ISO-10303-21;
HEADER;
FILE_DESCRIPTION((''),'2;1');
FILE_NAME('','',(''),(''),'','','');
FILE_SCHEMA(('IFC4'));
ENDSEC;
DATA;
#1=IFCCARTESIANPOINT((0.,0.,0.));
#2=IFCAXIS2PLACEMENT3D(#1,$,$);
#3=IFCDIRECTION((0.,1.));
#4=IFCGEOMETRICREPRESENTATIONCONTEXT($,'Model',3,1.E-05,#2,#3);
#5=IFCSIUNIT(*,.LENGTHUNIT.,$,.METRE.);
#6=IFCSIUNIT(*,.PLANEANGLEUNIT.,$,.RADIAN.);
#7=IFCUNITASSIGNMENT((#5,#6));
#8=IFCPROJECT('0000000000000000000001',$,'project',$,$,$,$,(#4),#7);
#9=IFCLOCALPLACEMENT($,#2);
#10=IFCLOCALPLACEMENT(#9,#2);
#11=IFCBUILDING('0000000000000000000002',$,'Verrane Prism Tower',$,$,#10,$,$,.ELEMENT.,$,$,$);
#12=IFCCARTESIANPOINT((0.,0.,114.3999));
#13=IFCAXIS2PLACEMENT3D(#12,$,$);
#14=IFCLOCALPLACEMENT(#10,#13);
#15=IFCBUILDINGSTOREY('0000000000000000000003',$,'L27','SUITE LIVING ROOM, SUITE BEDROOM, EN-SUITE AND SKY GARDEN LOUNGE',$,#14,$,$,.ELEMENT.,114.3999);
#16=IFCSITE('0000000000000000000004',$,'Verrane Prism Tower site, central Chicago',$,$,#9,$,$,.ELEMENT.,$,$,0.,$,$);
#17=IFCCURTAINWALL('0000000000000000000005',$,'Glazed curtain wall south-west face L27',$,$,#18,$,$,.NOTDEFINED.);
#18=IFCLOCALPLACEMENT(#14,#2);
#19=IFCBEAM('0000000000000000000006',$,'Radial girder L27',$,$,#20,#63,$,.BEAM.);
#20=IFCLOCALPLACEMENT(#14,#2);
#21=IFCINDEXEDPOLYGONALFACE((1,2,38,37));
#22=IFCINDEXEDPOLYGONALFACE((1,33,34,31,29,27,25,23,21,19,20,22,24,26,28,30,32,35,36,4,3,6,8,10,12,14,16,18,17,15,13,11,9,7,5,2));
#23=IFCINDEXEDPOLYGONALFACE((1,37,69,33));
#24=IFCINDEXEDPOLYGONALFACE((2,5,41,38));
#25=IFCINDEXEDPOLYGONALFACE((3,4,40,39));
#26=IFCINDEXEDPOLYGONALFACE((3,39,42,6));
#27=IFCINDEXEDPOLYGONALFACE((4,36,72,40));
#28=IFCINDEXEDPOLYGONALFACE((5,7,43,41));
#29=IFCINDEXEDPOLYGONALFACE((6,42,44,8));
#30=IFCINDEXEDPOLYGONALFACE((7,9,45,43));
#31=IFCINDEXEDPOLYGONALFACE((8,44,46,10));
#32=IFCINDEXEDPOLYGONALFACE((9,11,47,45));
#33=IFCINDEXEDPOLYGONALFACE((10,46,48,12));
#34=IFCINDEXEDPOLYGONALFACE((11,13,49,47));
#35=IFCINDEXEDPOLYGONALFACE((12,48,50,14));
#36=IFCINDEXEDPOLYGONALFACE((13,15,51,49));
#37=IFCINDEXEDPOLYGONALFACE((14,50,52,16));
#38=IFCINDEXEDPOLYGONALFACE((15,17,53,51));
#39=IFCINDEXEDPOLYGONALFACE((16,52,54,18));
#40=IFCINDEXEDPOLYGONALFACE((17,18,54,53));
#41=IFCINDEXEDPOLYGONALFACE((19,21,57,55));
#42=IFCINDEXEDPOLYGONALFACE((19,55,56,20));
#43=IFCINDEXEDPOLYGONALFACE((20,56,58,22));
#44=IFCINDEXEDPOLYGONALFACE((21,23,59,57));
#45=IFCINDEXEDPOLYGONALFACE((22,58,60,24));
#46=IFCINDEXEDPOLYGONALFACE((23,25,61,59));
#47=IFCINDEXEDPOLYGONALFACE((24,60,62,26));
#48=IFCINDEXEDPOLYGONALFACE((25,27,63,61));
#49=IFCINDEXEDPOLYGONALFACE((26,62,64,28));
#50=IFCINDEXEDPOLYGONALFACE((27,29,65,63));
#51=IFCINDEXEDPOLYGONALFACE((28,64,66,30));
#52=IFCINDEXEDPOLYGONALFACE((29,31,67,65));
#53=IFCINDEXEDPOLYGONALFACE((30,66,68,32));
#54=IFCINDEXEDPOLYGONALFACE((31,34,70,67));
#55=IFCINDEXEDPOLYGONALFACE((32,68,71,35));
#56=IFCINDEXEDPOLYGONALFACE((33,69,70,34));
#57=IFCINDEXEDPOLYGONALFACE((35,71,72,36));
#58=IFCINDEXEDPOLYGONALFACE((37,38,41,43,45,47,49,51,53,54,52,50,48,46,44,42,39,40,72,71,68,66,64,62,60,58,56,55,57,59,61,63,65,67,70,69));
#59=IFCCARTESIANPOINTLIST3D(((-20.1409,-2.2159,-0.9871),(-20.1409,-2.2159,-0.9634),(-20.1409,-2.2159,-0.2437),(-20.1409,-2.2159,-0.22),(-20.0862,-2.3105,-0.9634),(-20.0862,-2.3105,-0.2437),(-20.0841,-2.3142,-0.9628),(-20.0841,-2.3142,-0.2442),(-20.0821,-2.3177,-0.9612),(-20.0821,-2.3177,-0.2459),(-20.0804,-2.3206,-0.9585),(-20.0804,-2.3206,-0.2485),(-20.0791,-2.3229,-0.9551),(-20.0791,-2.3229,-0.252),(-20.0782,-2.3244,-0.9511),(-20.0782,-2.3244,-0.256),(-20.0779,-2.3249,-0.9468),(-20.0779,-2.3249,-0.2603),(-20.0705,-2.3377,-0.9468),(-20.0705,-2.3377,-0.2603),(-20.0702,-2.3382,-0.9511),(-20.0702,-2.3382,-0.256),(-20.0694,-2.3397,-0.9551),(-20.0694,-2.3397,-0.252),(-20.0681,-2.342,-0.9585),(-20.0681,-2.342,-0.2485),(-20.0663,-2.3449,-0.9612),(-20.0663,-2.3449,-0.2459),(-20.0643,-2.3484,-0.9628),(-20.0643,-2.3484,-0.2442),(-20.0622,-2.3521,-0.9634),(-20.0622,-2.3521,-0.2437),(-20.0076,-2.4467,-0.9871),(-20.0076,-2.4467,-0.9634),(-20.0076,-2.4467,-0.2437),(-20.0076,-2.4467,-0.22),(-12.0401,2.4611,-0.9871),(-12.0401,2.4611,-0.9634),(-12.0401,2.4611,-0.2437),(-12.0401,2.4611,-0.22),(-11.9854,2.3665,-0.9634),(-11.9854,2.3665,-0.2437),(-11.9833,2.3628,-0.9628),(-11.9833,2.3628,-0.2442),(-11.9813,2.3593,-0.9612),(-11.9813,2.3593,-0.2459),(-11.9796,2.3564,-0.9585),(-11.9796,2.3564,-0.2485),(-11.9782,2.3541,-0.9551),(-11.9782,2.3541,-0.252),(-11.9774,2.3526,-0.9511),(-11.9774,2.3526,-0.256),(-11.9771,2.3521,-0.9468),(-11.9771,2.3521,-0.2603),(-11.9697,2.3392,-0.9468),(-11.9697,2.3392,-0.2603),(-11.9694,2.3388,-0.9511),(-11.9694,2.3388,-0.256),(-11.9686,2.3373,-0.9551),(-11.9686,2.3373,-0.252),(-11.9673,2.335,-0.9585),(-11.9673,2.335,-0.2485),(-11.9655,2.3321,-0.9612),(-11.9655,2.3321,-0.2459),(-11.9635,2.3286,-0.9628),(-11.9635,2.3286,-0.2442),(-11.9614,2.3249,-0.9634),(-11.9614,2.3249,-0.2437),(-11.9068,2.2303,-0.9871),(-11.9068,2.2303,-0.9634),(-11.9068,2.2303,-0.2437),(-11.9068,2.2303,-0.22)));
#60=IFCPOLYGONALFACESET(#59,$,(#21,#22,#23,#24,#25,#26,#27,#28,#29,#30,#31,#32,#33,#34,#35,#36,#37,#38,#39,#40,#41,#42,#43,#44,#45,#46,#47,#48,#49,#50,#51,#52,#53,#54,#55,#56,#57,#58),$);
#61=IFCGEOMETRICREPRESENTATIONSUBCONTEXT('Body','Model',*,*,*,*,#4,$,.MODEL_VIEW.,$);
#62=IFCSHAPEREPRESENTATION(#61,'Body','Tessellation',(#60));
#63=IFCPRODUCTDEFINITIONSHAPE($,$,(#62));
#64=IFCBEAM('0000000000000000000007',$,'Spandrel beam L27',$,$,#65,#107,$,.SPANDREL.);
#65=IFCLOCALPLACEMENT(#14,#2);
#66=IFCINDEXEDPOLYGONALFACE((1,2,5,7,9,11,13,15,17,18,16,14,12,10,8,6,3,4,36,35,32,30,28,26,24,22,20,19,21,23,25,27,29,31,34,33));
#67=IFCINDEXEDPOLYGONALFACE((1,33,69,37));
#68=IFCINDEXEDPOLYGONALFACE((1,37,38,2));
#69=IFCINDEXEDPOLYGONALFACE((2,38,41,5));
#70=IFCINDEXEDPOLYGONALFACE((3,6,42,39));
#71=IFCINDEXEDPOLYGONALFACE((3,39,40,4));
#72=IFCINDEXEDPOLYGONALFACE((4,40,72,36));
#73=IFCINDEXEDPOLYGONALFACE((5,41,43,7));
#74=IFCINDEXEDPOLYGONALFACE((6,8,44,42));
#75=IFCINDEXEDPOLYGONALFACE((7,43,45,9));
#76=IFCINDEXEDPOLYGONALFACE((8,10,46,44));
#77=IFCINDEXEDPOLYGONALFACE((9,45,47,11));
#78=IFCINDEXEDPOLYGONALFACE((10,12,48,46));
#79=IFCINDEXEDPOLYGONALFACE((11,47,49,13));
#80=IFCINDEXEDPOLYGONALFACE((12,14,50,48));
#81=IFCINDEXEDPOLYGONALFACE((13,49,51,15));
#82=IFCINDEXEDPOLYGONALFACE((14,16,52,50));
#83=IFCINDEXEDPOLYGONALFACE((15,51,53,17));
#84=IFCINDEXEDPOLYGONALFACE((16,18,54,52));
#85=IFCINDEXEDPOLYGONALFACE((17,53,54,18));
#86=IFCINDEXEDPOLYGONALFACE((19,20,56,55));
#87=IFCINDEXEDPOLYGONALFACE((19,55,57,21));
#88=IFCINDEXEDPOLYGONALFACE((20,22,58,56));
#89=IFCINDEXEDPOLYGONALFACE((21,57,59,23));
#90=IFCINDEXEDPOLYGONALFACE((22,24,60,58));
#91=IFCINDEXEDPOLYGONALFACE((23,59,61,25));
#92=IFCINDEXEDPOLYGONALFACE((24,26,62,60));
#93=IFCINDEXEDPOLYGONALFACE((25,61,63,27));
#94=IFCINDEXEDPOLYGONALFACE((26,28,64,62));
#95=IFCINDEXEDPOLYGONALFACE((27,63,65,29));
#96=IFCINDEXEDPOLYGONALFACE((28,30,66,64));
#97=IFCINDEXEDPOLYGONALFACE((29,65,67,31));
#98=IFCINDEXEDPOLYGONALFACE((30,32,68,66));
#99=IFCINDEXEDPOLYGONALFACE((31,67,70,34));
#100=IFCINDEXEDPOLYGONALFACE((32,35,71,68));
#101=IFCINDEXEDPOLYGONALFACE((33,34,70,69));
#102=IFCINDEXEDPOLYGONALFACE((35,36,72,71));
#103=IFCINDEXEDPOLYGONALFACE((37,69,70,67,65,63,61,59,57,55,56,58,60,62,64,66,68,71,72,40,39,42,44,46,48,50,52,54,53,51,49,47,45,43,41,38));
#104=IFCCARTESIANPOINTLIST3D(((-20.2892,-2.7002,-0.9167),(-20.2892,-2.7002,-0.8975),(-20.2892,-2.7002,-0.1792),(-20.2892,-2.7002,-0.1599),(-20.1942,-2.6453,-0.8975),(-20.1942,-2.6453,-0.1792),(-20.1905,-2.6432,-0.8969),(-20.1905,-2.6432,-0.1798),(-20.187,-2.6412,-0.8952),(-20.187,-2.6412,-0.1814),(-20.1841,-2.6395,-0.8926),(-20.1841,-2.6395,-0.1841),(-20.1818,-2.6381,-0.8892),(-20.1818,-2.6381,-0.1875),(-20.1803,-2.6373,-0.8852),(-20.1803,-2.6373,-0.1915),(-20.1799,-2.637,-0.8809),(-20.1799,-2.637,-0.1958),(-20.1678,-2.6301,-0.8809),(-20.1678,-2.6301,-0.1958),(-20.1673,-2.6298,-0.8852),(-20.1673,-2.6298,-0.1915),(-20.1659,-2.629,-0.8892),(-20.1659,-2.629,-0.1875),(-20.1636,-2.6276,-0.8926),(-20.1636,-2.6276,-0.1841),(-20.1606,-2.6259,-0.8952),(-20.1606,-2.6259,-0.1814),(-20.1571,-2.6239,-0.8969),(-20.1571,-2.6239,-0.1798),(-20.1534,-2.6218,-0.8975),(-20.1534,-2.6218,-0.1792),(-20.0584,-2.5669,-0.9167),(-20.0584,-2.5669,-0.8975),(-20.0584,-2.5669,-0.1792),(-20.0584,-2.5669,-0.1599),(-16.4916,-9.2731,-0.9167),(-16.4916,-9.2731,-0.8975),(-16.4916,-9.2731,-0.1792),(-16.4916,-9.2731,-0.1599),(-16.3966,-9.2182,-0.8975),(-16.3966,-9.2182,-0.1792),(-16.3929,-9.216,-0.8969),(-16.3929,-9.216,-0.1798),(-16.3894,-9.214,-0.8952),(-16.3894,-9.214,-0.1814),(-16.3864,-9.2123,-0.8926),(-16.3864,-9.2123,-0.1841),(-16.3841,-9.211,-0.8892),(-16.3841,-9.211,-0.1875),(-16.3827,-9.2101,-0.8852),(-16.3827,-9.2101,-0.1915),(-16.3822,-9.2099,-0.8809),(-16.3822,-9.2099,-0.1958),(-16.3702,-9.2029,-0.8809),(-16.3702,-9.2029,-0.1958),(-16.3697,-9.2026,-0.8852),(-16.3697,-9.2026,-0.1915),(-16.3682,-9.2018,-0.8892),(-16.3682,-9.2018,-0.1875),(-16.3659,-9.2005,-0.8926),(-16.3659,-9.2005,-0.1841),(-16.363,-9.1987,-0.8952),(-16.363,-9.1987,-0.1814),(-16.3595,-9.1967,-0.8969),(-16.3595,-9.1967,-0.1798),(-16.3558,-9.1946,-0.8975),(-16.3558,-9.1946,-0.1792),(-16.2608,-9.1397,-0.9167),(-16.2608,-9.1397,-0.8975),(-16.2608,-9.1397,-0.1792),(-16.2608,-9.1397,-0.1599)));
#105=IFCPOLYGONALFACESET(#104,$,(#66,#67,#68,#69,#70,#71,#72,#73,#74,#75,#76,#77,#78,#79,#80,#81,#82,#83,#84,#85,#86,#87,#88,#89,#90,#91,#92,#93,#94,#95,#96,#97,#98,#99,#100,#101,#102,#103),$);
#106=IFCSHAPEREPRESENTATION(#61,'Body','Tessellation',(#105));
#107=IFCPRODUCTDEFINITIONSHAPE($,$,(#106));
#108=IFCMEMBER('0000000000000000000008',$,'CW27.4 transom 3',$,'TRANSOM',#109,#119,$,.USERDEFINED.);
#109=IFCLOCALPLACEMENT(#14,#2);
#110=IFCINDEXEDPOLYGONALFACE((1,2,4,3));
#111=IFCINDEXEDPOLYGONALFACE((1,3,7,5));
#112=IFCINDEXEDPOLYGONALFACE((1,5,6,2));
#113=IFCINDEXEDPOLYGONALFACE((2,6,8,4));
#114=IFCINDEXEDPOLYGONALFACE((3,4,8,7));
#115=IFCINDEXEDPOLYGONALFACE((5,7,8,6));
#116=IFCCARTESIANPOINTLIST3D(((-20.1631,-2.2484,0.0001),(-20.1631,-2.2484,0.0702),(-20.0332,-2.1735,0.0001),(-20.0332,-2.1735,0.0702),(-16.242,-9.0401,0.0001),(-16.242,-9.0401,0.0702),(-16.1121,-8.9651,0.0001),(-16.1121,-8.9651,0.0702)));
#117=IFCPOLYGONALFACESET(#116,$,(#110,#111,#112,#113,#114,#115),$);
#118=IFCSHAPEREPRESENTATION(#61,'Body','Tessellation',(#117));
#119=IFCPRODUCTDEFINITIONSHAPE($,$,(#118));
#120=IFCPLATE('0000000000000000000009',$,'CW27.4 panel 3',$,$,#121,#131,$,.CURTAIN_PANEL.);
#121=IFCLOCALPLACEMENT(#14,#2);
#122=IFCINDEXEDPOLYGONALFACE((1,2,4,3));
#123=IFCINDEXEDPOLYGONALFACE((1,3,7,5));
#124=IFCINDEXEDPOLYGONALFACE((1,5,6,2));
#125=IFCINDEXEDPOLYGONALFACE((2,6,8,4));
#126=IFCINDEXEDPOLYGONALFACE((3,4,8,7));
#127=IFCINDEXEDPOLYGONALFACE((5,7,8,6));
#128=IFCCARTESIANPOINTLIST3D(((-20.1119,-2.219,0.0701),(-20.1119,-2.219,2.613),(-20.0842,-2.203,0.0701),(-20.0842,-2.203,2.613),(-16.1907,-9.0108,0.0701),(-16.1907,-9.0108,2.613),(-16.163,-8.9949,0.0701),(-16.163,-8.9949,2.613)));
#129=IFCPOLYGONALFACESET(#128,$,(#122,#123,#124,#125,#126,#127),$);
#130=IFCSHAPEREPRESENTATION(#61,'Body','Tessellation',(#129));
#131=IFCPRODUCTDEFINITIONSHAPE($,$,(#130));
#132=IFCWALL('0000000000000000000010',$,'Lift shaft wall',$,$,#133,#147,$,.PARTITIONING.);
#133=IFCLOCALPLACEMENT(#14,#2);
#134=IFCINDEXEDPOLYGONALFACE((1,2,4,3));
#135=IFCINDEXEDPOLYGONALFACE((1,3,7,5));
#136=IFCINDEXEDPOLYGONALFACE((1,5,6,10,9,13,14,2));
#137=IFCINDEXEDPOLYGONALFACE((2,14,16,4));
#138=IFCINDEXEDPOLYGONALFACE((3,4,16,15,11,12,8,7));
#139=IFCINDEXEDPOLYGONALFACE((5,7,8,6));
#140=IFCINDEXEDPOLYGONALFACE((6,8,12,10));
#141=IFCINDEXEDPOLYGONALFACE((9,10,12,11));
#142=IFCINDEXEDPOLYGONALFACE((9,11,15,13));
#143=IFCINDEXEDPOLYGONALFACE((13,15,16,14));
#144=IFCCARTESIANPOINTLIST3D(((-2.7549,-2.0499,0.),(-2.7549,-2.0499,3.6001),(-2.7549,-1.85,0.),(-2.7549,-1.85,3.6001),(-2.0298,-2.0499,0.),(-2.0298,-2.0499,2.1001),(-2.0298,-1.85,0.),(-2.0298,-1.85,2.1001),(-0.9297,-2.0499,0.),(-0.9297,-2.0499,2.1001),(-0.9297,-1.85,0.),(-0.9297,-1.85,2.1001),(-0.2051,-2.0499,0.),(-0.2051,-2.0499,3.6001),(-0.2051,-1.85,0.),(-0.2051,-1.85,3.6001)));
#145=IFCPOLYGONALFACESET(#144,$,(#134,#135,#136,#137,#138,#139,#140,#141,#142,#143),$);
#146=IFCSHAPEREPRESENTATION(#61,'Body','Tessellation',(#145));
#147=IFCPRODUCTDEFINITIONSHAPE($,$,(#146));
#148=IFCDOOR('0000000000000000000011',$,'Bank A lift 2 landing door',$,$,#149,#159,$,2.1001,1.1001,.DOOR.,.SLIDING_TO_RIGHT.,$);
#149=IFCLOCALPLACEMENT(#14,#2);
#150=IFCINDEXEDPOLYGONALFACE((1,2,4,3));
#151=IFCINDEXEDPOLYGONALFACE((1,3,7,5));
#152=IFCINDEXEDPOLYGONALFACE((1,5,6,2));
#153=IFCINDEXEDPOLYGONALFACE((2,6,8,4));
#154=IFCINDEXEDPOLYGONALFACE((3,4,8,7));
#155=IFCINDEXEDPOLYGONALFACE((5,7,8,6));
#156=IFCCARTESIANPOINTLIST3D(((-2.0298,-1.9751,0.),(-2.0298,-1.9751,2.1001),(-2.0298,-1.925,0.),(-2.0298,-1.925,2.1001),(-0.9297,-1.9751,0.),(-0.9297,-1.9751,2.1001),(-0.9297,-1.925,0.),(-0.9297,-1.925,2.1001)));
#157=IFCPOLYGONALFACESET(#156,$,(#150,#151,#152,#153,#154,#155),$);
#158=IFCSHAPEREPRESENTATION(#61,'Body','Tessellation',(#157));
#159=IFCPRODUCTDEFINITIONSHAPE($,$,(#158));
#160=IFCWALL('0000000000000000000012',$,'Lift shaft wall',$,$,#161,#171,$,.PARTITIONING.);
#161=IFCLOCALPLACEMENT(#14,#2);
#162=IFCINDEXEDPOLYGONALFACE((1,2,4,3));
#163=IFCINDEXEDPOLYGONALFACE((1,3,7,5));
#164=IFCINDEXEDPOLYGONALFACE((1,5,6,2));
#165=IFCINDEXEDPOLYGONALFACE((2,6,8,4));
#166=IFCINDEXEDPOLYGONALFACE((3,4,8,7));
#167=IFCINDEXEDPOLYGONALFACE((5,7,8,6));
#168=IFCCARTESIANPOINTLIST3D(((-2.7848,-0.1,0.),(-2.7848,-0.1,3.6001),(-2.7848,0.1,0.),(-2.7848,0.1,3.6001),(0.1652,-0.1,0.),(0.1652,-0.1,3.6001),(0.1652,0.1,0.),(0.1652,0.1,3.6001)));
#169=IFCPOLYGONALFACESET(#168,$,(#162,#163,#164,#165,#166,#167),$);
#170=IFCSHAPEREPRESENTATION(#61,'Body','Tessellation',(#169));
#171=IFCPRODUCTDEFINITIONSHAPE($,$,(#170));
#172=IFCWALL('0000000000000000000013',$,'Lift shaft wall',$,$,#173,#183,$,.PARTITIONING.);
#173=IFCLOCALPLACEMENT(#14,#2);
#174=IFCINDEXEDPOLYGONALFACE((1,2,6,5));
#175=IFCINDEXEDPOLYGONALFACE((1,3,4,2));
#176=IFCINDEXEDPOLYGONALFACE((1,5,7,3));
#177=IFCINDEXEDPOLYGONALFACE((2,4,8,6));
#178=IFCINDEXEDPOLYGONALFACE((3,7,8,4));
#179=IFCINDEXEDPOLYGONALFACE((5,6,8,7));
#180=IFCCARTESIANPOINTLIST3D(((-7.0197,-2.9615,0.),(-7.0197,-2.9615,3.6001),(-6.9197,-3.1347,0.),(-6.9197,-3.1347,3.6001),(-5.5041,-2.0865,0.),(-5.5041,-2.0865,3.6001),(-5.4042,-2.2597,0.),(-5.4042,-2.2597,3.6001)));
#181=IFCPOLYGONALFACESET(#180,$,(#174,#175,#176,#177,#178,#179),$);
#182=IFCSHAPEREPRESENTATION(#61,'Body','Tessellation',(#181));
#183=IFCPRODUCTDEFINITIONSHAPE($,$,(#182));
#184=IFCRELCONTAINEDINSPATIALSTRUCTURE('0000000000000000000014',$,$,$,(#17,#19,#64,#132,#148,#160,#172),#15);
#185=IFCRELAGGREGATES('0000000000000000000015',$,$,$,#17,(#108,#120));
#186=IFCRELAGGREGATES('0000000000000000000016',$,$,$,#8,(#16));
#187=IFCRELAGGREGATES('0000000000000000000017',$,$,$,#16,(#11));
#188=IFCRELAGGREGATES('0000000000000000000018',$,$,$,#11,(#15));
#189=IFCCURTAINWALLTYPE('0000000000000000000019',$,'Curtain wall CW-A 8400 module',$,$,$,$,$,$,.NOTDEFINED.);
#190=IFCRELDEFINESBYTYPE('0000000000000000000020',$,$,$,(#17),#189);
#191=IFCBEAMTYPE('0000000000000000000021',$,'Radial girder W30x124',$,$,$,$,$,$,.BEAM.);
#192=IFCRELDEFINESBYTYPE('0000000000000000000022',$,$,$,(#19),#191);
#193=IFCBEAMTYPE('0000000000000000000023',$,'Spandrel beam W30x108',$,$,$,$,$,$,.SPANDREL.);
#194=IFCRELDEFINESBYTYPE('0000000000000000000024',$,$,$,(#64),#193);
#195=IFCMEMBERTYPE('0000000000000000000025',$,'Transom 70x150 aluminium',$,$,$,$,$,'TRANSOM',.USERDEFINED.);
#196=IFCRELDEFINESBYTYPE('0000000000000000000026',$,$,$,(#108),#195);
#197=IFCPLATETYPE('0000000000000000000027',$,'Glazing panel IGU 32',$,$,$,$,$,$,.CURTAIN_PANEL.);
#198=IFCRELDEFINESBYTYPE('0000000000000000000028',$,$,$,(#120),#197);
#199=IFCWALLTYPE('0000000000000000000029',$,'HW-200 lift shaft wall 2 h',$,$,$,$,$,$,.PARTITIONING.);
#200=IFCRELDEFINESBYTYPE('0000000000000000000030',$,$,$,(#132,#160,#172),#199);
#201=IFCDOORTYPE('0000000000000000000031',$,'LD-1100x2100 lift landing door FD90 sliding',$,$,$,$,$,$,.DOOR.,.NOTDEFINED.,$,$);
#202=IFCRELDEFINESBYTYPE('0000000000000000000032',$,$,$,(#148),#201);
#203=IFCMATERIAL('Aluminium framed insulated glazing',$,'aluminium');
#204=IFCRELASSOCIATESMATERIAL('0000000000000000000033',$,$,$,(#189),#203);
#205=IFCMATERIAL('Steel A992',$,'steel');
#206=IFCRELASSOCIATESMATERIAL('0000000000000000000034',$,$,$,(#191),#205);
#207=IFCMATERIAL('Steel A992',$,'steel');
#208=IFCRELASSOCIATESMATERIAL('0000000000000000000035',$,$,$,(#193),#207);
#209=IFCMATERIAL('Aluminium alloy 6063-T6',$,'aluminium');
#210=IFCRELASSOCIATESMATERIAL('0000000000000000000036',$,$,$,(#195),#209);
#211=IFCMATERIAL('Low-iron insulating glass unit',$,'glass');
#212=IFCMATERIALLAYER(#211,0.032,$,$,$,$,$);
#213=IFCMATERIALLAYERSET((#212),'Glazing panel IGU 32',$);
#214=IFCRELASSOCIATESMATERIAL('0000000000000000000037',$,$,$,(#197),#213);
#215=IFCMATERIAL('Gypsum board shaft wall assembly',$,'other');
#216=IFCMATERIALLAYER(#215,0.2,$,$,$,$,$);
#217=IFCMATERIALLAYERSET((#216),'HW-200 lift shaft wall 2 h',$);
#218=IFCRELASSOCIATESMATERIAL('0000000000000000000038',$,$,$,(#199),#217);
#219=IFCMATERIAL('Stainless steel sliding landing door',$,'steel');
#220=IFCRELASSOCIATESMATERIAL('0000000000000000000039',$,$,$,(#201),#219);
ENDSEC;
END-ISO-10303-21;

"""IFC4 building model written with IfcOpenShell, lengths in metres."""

from ifc_helpers import new_model, si_unit, direction, frame, frame_2d, origin, origin_2d, place, context, subcontext, project, spatial, rectangle, i_section, extrude, material, layer, layer_set, material_profile, profile_set, type_object, element, fill, aggregate, save


model = new_model("IFC4")

# Units and contexts
model_context = context("Model", 3, precision=1e-05, world=origin(), true_north=direction((0.0, 1.0)))
body_context = subcontext(model_context, "Body", "Model", "MODEL_VIEW")
ifc_project = project(units=[si_unit("LENGTHUNIT", "METRE"), si_unit("PLANEANGLEUNIT", "RADIAN")], contexts=[model_context])

# Site, building, storey
site_placement = place(None, origin())
site = spatial("IfcSite", under=ifc_project, at=site_placement, Name="Verrane Prism Tower site, central Chicago", CompositionType="ELEMENT", RefElevation=0.0)
building_placement = place(site_placement, origin())
building = spatial("IfcBuilding", under=site, at=building_placement, Name="Verrane Prism Tower", CompositionType="ELEMENT")
storey_placement = place(building_placement, frame((0.0, 0.0, 114.3999)))
storey = spatial("IfcBuildingStorey", under=building, at=storey_placement, Name="L27", Description="SUITE LIVING ROOM, SUITE BEDROOM, EN-SUITE AND SKY GARDEN LOUNGE", CompositionType="ELEMENT", Elevation=114.3999)

# Curtain wall
ifc_material_1 = material(Name="Aluminium framed insulated glazing", Category="aluminium")
curtain_wall_type = type_object("IfcCurtainWallType", Name="Curtain wall CW-A 8400 module", PredefinedType="NOTDEFINED", material=ifc_material_1)
curtain_wall_placement = place(storey_placement, origin())
curtain_wall = element("IfcCurtainWall", 1, at=curtain_wall_placement, inside=storey, type_object=curtain_wall_type, Name="Glazed curtain wall south-west face L27", PredefinedType="NOTDEFINED")

# Beams
ifc_material_2 = material(Name="Steel A992", Category="steel")
ifc_material_profile_1 = material_profile(ifc_material_2, i_section(OverallWidth=0.2666, OverallDepth=0.7671, WebThickness=0.0149, FlangeThickness=0.0237, FilletRadius=0.0166, at=origin_2d()), Name="W30x124")
ifc_profile_set_1 = profile_set([ifc_material_profile_1], Name="Steel A992")
beam_type_1 = type_object("IfcBeamType", Name="Radial girder W30x124", PredefinedType="BEAM", material=ifc_profile_set_1)
beam_1_placement = place(storey_placement, frame((-20.0742, -2.3313, -0.6035), z_axis=(0.866026, 0.499999, 0.0), x_axis=(-0.499999, 0.866026, 0.0)))
element("IfcBeam", 2, at=beam_1_placement, inside=storey, type_object=beam_type_1, Name="Radial girder L27", PredefinedType="BEAM", context=body_context, shape_type="SweptSolid", body=[
    extrude(i_section(OverallWidth=0.2666, OverallDepth=0.7671, WebThickness=0.0149, FlangeThickness=0.0237, FilletRadius=0.0166, at=origin_2d()), origin(), (0.0, 0.0, 1.0), 9.354),
])
ifc_material_3 = material(Name="Steel A992", Category="steel")
ifc_material_profile_2 = material_profile(ifc_material_3, i_section(OverallWidth=0.2666, OverallDepth=0.7568, WebThickness=0.0139, FlangeThickness=0.0193, FilletRadius=0.0166, at=origin_2d()), Name="W30x108")
ifc_profile_set_2 = profile_set([ifc_material_profile_2], Name="Steel A992")
beam_type_2 = type_object("IfcBeamType", Name="Spandrel beam W30x108", PredefinedType="SPANDREL", material=ifc_profile_set_2)
beam_2_placement = place(storey_placement, frame((-20.1738, -2.6335, -0.5383), z_axis=(0.500279, -0.865864, 0.0), x_axis=(0.865864, 0.500279, 0.0)))
element("IfcBeam", 3, at=beam_2_placement, inside=storey, type_object=beam_type_2, Name="Spandrel beam L27", PredefinedType="SPANDREL", context=body_context, shape_type="SweptSolid", body=[
    extrude(i_section(OverallWidth=0.2666, OverallDepth=0.7568, WebThickness=0.0139, FlangeThickness=0.0193, FilletRadius=0.0166, at=origin_2d()), origin(), (0.0, 0.0, 1.0), 7.5911),
])

# Member
ifc_material_4 = material(Name="Aluminium alloy 6063-T6", Category="aluminium")
ifc_material_profile_3 = material_profile(ifc_material_4, rectangle(XDim=0.1499, YDim=0.0701, at=origin_2d()), Name="Transom 70x150 aluminium")
ifc_profile_set_3 = profile_set([ifc_material_profile_3], Name="Aluminium alloy 6063-T6")
member_type_1 = type_object("IfcMemberType", Name="Transom 70x150 aluminium", ElementType="TRANSOM", PredefinedType="USERDEFINED", material=ifc_profile_set_3)
member_1_placement = place(storey_placement, frame((-20.0981, -2.2109, 0.0352), z_axis=(0.499993, -0.86603, 0.0), x_axis=(0.86603, 0.499993, 0.0)))
member_1 = element("IfcMember", 4, at=member_1_placement, type_object=member_type_1, Name="CW27.4 transom 3", ObjectType="TRANSOM", PredefinedType="USERDEFINED", context=body_context, shape_type="SweptSolid", body=[
    extrude(rectangle(XDim=0.1499, YDim=0.0701, at=origin_2d()), origin(), (0.0, 0.0, 1.0), 7.8423),
])

# Plate
ifc_material_5 = material(Name="Low-iron insulating glass unit", Category="glass")
ifc_layer_1 = layer(ifc_material_5, 0.032)
ifc_layer_set_1 = layer_set([ifc_layer_1], Name="Glazing panel IGU 32")
plate_type = type_object("IfcPlateType", Name="Glazing panel IGU 32", PredefinedType="CURTAIN_PANEL", material=ifc_layer_set_1)
plate_placement = place(storey_placement, frame((-18.1375, -5.6069, 0.0701), z_axis=(0.0, 0.0, 1.0), x_axis=(0.499999, -0.866026, 0.0)))
plate = element("IfcPlate", 5, at=plate_placement, type_object=plate_type, Name="CW27.4 panel 3", PredefinedType="CURTAIN_PANEL", context=body_context, shape_type="SweptSolid", body=[
    extrude(rectangle(XDim=7.8425, YDim=0.032, at=origin_2d()), origin(), (0.0, 0.0, 1.0), 2.543),
])
aggregate(curtain_wall, [member_1, plate])

# Wall, opening, door
ifc_material_6 = material(Name="Gypsum board shaft wall assembly", Category="other")
ifc_layer_2 = layer(ifc_material_6, 0.2)
ifc_layer_set_2 = layer_set([ifc_layer_2], Name="HW-200 lift shaft wall 2 h")
wall_type_1 = type_object("IfcWallType", Name="HW-200 lift shaft wall 2 h", PredefinedType="PARTITIONING", material=ifc_layer_set_2)
wall_1_placement = place(storey_placement, frame((-2.7549, -1.95, 0.0), z_axis=(0.0, 0.0, 1.0), x_axis=(1.0, 0.0, 0.0)))
wall_1 = element("IfcWall", 6, at=wall_1_placement, inside=storey, type_object=wall_type_1, Name="Lift shaft wall", PredefinedType="PARTITIONING", context=body_context, shape_type="SweptSolid", body=[
    extrude(rectangle(XDim=2.5498, YDim=0.2, at=frame_2d((1.2749, 0.0))), origin(), (0.0, 0.0, 1.0), 3.6001),
])
opening_1_placement = place(wall_1_placement, frame((0.7251, 0.0, 0.0)))
opening_1 = element("IfcOpeningElement", 7, at=opening_1_placement, cuts=wall_1, PredefinedType="OPENING", context=body_context, shape_type="SweptSolid", body=[
    extrude(rectangle(XDim=1.1001, YDim=2.1001, at=frame_2d((0.55, 1.05))), frame((0.0, 0.1099, 0.0), z_axis=(0.0, -1.0, 0.0), x_axis=(1.0, 0.0, 0.0)), (0.0, 0.0, 1.0), 0.22),
])
ifc_material_7 = material(Name="Stainless steel sliding landing door", Category="steel")
door_type_1 = type_object("IfcDoorType", Name="LD-1100x2100 lift landing door FD90 sliding", OperationType="NOTDEFINED", PredefinedType="DOOR", material=ifc_material_7)
door_1_placement = place(opening_1_placement, origin())
door_1 = element("IfcDoor", 8, at=door_1_placement, inside=storey, type_object=door_type_1, Name="Bank A lift 2 landing door", OperationType="SLIDING_TO_RIGHT", OverallHeight=2.1001, OverallWidth=1.1001, PredefinedType="DOOR", context=body_context, shape_type="SweptSolid", body=[
    extrude(rectangle(XDim=1.1001, YDim=2.1001, at=frame_2d((0.55, 1.05))), frame((0.0, 0.0249, 0.0), z_axis=(0.0, -1.0, 0.0), x_axis=(1.0, 0.0, 0.0)), (0.0, 0.0, 1.0), 0.05),
])
fill(opening_1, door_1)

# Walls
wall_2_placement = place(storey_placement, frame((-2.7849, 0.0, 0.0), z_axis=(0.0, 0.0, 1.0), x_axis=(1.0, 0.0, 0.0)))
element("IfcWall", 9, at=wall_2_placement, inside=storey, type_object=wall_type_1, Name="Lift shaft wall", PredefinedType="PARTITIONING", context=body_context, shape_type="SweptSolid", body=[
    extrude(rectangle(XDim=2.95, YDim=0.2, at=frame_2d((1.4751, 0.0))), origin(), (0.0, 0.0, 1.0), 3.6001),
])
wall_3_placement = place(storey_placement, frame((-6.9697, -3.0481, 0.0), z_axis=(0.0, 0.0, 1.0), x_axis=(0.866037, 0.49998, 0.0)))
element("IfcWall", 10, at=wall_3_placement, inside=storey, type_object=wall_type_1, Name="Lift shaft wall", PredefinedType="PARTITIONING", context=body_context, shape_type="SweptSolid", body=[
    extrude(rectangle(XDim=1.75, YDim=0.2, at=frame_2d((0.875, 0.0))), origin(), (0.0, 0.0, 1.0), 3.6001),
])

save(model, "model.ifc")
